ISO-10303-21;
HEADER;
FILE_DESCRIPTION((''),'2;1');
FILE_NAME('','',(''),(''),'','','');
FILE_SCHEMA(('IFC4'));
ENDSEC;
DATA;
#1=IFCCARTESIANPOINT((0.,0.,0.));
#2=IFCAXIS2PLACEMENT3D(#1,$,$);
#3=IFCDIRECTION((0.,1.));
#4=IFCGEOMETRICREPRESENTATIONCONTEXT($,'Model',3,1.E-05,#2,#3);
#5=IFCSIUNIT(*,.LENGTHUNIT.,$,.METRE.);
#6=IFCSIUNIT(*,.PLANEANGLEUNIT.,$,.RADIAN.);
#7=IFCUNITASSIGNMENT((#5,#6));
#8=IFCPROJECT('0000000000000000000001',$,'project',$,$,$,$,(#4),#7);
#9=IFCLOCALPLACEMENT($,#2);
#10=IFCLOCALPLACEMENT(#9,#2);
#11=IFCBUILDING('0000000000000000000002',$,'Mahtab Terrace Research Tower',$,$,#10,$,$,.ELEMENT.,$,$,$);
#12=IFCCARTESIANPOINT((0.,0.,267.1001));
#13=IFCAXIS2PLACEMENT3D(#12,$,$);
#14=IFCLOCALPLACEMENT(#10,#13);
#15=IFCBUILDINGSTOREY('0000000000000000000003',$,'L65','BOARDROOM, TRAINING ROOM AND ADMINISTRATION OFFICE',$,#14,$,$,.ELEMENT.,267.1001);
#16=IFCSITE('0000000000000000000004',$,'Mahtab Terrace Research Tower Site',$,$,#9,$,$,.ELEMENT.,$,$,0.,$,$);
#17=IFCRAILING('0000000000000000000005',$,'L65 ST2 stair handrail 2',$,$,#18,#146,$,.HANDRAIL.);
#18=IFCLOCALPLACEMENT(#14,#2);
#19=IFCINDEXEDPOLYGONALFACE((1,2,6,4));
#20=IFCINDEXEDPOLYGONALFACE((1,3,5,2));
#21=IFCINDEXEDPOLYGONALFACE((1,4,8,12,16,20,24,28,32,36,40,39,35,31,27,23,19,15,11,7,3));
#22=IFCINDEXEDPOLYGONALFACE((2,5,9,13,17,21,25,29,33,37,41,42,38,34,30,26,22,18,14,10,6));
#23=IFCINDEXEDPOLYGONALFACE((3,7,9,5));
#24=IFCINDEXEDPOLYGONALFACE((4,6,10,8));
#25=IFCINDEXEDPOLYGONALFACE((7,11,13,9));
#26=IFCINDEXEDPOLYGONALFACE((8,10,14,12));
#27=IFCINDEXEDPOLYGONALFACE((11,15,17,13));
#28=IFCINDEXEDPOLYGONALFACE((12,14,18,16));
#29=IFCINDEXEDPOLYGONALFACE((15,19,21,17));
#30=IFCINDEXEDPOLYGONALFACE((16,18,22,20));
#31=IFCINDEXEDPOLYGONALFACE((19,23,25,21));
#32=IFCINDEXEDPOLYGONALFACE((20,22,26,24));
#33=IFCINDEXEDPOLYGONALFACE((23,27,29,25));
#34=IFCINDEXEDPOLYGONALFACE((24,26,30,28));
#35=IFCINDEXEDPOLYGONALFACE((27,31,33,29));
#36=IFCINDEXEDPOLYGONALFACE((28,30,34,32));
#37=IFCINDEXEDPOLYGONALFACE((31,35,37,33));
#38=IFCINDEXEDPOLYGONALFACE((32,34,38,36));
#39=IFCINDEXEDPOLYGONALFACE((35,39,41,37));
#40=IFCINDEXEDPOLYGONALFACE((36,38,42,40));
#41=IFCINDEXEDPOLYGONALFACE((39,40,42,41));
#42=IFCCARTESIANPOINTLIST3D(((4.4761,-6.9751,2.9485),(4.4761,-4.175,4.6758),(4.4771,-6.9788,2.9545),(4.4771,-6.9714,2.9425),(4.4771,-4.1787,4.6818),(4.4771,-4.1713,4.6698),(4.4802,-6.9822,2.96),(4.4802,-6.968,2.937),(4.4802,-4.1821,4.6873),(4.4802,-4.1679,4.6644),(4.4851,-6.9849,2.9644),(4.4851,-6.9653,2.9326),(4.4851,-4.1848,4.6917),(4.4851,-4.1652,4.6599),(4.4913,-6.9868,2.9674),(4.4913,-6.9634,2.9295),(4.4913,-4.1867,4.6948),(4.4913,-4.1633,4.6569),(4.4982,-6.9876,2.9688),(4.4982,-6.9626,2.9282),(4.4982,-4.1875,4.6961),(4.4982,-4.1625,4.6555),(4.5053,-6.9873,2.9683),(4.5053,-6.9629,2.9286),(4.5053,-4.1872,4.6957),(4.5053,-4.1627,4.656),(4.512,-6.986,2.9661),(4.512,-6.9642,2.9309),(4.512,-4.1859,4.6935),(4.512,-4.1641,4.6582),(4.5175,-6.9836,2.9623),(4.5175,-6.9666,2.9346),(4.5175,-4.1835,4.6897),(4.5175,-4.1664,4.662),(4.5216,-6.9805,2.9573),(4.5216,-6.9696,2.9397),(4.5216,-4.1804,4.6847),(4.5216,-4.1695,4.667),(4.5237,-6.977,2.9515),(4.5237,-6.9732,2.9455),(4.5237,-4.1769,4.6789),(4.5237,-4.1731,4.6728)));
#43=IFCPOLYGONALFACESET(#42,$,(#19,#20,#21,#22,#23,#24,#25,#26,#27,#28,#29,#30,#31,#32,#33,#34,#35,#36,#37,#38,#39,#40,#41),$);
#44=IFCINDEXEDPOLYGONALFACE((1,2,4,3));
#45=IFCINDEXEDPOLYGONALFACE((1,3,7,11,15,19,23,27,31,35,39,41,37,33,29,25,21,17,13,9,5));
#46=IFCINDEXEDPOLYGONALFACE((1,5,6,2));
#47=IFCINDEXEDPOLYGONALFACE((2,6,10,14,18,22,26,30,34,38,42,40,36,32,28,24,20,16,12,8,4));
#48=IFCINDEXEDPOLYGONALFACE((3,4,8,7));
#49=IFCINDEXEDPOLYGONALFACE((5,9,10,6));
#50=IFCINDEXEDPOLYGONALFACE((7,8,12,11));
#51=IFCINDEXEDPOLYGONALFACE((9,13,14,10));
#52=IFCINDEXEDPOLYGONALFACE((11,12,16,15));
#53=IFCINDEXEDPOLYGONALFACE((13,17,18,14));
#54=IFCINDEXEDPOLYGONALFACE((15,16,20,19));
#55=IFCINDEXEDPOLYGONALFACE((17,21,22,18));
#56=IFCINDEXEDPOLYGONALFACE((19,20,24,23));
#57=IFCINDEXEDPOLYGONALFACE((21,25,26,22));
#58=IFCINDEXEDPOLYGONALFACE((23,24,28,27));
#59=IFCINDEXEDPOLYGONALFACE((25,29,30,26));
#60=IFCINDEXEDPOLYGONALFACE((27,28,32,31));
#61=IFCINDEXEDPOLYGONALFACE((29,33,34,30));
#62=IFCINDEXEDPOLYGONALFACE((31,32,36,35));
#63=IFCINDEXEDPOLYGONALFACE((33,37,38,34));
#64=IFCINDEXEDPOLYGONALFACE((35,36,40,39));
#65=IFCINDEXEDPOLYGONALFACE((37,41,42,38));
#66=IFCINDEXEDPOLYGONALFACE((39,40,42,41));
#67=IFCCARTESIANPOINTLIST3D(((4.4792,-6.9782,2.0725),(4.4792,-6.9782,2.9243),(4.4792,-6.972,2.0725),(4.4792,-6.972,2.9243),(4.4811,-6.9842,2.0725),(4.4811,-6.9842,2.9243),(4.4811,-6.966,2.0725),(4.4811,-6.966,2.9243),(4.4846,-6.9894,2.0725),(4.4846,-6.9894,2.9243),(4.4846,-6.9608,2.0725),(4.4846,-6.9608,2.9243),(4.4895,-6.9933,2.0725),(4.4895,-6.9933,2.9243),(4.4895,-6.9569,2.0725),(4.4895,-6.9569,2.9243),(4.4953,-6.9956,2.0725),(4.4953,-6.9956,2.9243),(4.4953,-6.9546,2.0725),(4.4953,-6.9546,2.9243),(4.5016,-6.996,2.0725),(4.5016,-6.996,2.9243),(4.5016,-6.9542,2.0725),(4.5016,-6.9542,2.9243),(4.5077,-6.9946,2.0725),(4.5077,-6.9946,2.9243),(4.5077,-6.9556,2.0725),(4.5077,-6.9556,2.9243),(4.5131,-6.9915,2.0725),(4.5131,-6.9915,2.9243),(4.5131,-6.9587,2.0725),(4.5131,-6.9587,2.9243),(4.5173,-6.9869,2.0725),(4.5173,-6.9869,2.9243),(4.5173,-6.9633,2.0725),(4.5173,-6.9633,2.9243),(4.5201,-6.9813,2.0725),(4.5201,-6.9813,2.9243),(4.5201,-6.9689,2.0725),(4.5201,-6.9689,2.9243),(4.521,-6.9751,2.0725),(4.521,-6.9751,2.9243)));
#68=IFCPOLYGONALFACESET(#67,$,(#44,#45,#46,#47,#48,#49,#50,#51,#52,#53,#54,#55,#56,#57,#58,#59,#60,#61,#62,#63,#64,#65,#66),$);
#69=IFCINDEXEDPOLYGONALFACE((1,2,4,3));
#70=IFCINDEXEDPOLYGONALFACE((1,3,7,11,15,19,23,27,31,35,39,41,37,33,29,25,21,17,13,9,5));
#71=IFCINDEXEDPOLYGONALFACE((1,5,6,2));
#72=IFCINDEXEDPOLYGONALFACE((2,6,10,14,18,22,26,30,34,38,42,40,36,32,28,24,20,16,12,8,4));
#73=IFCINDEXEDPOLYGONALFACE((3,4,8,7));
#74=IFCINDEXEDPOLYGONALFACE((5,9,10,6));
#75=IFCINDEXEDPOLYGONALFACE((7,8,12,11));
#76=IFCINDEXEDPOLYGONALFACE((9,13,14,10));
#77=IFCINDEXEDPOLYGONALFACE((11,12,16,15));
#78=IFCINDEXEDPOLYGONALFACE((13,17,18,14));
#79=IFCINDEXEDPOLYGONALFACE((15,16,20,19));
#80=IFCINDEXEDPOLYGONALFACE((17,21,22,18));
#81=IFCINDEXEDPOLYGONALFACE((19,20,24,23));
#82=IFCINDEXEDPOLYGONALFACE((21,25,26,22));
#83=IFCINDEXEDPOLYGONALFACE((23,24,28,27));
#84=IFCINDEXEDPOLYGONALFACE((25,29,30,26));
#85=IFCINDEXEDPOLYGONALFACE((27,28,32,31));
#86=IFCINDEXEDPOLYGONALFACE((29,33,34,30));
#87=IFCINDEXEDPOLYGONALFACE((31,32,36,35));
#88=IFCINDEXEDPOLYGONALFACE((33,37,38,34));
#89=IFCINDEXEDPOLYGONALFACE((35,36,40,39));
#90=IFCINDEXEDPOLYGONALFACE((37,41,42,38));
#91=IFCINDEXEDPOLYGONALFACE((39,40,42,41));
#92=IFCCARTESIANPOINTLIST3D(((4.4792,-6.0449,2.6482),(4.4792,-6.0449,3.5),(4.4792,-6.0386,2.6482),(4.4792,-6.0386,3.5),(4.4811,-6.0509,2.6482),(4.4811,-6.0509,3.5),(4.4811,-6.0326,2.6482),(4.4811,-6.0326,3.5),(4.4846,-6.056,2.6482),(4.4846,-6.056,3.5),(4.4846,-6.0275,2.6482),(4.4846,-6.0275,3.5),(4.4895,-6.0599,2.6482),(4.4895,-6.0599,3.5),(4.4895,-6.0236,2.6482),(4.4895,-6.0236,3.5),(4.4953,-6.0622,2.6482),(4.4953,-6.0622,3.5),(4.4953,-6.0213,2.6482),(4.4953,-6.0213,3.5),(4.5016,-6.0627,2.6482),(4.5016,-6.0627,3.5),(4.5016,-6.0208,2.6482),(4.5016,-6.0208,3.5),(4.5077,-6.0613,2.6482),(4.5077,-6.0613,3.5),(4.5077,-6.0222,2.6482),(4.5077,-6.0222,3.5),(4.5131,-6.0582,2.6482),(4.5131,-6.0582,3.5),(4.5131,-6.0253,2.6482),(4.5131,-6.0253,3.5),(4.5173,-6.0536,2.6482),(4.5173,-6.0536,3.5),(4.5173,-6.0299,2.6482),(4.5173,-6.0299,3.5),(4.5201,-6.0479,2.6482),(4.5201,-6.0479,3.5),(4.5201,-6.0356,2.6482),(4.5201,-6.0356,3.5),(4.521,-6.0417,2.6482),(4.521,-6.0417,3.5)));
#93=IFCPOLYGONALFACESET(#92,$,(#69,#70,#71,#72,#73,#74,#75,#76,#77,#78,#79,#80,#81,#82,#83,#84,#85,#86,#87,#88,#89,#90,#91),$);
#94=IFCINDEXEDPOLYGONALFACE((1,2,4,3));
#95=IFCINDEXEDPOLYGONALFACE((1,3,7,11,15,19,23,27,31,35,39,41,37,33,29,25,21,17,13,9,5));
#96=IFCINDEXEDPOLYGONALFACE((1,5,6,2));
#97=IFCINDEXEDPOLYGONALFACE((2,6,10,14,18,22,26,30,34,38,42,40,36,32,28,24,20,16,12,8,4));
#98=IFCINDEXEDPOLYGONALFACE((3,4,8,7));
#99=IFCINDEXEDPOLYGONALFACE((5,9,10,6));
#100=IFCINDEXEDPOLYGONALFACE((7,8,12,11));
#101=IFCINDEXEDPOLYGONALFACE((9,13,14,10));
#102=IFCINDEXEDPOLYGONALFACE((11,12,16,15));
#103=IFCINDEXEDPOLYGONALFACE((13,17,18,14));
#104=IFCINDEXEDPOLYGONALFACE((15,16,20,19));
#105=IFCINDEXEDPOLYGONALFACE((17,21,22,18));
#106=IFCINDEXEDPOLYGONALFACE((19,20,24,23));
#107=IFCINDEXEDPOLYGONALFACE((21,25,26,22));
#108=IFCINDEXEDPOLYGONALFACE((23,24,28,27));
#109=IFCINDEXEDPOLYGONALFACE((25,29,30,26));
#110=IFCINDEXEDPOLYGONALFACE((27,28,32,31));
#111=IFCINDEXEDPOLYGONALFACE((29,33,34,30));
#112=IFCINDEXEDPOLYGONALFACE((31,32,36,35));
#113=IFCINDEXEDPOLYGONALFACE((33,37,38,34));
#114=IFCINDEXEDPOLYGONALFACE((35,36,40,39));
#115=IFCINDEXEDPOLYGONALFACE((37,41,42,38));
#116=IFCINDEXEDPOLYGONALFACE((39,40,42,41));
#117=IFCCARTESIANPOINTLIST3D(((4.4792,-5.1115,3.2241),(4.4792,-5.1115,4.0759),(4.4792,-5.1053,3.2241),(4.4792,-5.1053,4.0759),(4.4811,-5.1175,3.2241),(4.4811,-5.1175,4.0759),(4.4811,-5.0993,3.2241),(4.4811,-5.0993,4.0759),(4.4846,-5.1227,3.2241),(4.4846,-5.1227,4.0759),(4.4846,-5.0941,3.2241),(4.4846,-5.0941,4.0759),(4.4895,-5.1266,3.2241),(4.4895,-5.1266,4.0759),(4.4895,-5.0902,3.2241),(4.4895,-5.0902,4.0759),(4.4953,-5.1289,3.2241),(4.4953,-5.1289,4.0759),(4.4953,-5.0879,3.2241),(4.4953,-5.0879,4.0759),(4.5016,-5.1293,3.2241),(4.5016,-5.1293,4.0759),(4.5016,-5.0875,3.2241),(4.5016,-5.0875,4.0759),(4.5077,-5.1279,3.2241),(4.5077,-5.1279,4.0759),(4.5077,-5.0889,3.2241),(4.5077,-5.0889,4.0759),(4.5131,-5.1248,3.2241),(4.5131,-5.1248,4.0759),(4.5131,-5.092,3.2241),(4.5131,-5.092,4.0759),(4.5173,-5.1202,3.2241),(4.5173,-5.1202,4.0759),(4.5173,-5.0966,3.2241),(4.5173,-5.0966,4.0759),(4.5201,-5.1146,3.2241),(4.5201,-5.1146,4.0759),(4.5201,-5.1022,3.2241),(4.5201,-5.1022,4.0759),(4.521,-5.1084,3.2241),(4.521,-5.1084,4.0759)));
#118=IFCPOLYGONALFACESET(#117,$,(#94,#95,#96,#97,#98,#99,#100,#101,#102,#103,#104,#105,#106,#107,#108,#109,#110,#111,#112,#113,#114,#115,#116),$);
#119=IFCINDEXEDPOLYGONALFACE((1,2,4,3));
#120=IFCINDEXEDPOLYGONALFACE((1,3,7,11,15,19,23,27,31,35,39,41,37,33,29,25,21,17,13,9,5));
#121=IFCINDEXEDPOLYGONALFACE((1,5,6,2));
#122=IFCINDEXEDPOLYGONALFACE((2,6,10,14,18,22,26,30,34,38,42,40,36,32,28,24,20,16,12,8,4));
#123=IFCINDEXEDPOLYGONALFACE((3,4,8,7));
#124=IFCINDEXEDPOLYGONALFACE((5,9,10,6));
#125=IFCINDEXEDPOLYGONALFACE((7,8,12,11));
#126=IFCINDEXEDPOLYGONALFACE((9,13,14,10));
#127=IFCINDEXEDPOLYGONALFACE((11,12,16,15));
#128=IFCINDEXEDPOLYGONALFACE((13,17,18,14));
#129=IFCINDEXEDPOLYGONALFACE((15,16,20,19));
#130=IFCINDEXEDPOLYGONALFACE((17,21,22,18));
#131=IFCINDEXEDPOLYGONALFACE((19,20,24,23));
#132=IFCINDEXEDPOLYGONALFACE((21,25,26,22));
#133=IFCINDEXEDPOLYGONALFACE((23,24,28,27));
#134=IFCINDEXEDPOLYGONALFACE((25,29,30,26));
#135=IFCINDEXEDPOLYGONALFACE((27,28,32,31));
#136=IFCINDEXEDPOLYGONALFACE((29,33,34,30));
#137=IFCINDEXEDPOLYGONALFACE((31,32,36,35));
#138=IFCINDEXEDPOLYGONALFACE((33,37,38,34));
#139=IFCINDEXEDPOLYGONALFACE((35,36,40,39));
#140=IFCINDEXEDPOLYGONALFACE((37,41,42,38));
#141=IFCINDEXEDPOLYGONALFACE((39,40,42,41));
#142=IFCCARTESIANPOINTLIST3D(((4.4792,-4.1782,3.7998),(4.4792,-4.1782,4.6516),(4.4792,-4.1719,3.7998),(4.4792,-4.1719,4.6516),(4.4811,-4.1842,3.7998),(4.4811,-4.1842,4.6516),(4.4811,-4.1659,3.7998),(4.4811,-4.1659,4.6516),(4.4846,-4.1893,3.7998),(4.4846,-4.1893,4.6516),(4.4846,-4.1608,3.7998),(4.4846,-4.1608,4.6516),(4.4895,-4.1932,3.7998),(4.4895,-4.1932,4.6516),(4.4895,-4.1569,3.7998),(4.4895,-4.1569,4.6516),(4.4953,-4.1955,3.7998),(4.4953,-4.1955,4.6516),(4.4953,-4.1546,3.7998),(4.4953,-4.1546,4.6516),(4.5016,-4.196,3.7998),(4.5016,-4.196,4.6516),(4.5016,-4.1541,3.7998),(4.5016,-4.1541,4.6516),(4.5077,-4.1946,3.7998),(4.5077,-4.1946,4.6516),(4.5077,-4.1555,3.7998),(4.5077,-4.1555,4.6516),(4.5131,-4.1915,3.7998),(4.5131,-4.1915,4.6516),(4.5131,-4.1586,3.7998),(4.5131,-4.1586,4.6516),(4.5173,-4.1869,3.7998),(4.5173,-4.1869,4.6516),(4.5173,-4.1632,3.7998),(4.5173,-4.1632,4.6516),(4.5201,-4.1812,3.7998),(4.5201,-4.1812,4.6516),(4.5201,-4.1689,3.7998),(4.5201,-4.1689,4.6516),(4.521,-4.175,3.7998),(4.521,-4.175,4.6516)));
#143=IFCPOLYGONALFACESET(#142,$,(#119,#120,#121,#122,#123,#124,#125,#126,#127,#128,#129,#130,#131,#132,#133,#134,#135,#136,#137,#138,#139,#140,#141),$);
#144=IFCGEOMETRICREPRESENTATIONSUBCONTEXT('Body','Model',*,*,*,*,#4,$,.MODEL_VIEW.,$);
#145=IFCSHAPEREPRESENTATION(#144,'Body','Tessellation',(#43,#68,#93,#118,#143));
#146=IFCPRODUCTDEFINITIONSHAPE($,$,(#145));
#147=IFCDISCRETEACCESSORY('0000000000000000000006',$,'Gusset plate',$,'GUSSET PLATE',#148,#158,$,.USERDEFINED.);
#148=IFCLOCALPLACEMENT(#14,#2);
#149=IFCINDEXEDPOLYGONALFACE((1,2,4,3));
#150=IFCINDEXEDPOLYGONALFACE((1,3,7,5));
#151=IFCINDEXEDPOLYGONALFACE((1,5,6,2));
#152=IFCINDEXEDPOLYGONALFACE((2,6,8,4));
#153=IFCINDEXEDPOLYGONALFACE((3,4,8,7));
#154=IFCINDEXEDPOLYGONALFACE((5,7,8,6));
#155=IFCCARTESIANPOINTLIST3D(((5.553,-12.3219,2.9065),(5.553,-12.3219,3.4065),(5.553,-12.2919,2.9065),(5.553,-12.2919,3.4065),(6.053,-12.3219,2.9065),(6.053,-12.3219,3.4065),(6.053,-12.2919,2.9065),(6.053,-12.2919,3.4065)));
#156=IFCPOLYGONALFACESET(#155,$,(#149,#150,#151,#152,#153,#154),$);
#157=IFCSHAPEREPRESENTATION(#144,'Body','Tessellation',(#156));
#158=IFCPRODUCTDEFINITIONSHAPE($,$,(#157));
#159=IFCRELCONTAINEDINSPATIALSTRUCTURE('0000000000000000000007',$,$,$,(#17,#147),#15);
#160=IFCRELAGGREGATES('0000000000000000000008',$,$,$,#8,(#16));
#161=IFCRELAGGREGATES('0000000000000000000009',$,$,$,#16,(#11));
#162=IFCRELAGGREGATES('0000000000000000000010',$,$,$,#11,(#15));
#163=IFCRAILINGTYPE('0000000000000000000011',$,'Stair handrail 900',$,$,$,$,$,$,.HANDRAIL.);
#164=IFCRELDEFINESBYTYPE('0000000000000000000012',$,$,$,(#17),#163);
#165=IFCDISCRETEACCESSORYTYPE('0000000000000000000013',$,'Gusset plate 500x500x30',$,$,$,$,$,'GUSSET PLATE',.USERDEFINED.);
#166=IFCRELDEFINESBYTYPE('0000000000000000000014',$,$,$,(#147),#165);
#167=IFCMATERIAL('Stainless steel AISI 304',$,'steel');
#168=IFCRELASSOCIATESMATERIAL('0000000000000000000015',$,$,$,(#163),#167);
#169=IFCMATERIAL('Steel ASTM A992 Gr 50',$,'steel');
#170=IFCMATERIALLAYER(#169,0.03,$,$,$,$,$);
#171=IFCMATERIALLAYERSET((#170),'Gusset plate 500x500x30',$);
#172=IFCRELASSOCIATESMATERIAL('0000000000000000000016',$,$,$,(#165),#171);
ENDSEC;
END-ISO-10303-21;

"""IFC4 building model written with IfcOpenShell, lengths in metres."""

from ifc_helpers import new_model, si_unit, direction, frame, origin, origin_2d, place, context, subcontext, project, spatial, rectangle, circle, extrude, material, layer, layer_set, type_object, element, save


model = new_model("IFC4")

# Units and contexts
model_context = context("Model", 3, precision=1e-05, world=origin(), true_north=direction((0.0, 1.0)))
body_context = subcontext(model_context, "Body", "Model", "MODEL_VIEW")
ifc_project = project(units=[si_unit("LENGTHUNIT", "METRE"), si_unit("PLANEANGLEUNIT", "RADIAN")], contexts=[model_context])

# Site, building, storey
site_placement = place(None, origin())
site = spatial("IfcSite", under=ifc_project, at=site_placement, Name="Mahtab Terrace Research Tower Site", CompositionType="ELEMENT", RefElevation=0.0)
building_placement = place(site_placement, origin())
building = spatial("IfcBuilding", under=site, at=building_placement, Name="Mahtab Terrace Research Tower", CompositionType="ELEMENT")
storey_placement = place(building_placement, frame((0.0, 0.0, 267.1001)))
storey = spatial("IfcBuildingStorey", under=building, at=storey_placement, Name="L65", Description="BOARDROOM, TRAINING ROOM AND ADMINISTRATION OFFICE", CompositionType="ELEMENT", Elevation=267.1001)

# Railing
ifc_material_1 = material(Name="Stainless steel AISI 304", Category="steel")
railing_type_1 = type_object("IfcRailingType", Name="Stair handrail 900", PredefinedType="HANDRAIL", material=ifc_material_1)
railing_1_placement = place(storey_placement, frame((4.5, -6.9751, 2.0725)))
element("IfcRailing", 1, at=railing_1_placement, inside=storey, type_object=railing_type_1, Name="L65 ST2 stair handrail 2", PredefinedType="HANDRAIL", context=body_context, shape_type="SweptSolid", body=[
    extrude(circle(Radius=0.0239, at=origin_2d()), frame((0.0, 0.0, 0.876), z_axis=(0.0, 0.85109, 0.52502), x_axis=(-1.0, 0.0, 0.0)), (0.0, 0.0, 1.0), 3.29),
    extrude(circle(Radius=0.021, at=origin_2d()), origin(), (0.0, 0.0, 1.0), 0.8518),
    extrude(circle(Radius=0.021, at=origin_2d()), frame((0.0, 0.9333, 0.5757)), (0.0, 0.0, 1.0), 0.8518),
    extrude(circle(Radius=0.021, at=origin_2d()), frame((0.0, 1.8667, 1.1516)), (0.0, 0.0, 1.0), 0.8518),
    extrude(circle(Radius=0.021, at=origin_2d()), frame((0.0, 2.8, 1.7273)), (0.0, 0.0, 1.0), 0.8518),
])

# Discrete accessory
ifc_material_2 = material(Name="Steel ASTM A992 Gr 50", Category="steel")
ifc_layer_1 = layer(ifc_material_2, 0.03)
ifc_layer_set_1 = layer_set([ifc_layer_1], Name="Gusset plate 500x500x30")
discrete_accessory_type = type_object("IfcDiscreteAccessoryType", Name="Gusset plate 500x500x30", ElementType="GUSSET PLATE", PredefinedType="USERDEFINED", material=ifc_layer_set_1)
discrete_accessory_placement = place(storey_placement, frame((5.803, -12.3069, 2.9065), z_axis=(0.0, 0.0, 1.0), x_axis=(1.0, 0.0, 0.0)))
element("IfcDiscreteAccessory", 2, at=discrete_accessory_placement, inside=storey, type_object=discrete_accessory_type, Name="Gusset plate", ObjectType="GUSSET PLATE", PredefinedType="USERDEFINED", context=body_context, shape_type="SweptSolid", body=[
    extrude(rectangle(XDim=0.5, YDim=0.03, at=origin_2d()), origin(), (0.0, 0.0, 1.0), 0.5),
])

save(model, "model.ifc")
